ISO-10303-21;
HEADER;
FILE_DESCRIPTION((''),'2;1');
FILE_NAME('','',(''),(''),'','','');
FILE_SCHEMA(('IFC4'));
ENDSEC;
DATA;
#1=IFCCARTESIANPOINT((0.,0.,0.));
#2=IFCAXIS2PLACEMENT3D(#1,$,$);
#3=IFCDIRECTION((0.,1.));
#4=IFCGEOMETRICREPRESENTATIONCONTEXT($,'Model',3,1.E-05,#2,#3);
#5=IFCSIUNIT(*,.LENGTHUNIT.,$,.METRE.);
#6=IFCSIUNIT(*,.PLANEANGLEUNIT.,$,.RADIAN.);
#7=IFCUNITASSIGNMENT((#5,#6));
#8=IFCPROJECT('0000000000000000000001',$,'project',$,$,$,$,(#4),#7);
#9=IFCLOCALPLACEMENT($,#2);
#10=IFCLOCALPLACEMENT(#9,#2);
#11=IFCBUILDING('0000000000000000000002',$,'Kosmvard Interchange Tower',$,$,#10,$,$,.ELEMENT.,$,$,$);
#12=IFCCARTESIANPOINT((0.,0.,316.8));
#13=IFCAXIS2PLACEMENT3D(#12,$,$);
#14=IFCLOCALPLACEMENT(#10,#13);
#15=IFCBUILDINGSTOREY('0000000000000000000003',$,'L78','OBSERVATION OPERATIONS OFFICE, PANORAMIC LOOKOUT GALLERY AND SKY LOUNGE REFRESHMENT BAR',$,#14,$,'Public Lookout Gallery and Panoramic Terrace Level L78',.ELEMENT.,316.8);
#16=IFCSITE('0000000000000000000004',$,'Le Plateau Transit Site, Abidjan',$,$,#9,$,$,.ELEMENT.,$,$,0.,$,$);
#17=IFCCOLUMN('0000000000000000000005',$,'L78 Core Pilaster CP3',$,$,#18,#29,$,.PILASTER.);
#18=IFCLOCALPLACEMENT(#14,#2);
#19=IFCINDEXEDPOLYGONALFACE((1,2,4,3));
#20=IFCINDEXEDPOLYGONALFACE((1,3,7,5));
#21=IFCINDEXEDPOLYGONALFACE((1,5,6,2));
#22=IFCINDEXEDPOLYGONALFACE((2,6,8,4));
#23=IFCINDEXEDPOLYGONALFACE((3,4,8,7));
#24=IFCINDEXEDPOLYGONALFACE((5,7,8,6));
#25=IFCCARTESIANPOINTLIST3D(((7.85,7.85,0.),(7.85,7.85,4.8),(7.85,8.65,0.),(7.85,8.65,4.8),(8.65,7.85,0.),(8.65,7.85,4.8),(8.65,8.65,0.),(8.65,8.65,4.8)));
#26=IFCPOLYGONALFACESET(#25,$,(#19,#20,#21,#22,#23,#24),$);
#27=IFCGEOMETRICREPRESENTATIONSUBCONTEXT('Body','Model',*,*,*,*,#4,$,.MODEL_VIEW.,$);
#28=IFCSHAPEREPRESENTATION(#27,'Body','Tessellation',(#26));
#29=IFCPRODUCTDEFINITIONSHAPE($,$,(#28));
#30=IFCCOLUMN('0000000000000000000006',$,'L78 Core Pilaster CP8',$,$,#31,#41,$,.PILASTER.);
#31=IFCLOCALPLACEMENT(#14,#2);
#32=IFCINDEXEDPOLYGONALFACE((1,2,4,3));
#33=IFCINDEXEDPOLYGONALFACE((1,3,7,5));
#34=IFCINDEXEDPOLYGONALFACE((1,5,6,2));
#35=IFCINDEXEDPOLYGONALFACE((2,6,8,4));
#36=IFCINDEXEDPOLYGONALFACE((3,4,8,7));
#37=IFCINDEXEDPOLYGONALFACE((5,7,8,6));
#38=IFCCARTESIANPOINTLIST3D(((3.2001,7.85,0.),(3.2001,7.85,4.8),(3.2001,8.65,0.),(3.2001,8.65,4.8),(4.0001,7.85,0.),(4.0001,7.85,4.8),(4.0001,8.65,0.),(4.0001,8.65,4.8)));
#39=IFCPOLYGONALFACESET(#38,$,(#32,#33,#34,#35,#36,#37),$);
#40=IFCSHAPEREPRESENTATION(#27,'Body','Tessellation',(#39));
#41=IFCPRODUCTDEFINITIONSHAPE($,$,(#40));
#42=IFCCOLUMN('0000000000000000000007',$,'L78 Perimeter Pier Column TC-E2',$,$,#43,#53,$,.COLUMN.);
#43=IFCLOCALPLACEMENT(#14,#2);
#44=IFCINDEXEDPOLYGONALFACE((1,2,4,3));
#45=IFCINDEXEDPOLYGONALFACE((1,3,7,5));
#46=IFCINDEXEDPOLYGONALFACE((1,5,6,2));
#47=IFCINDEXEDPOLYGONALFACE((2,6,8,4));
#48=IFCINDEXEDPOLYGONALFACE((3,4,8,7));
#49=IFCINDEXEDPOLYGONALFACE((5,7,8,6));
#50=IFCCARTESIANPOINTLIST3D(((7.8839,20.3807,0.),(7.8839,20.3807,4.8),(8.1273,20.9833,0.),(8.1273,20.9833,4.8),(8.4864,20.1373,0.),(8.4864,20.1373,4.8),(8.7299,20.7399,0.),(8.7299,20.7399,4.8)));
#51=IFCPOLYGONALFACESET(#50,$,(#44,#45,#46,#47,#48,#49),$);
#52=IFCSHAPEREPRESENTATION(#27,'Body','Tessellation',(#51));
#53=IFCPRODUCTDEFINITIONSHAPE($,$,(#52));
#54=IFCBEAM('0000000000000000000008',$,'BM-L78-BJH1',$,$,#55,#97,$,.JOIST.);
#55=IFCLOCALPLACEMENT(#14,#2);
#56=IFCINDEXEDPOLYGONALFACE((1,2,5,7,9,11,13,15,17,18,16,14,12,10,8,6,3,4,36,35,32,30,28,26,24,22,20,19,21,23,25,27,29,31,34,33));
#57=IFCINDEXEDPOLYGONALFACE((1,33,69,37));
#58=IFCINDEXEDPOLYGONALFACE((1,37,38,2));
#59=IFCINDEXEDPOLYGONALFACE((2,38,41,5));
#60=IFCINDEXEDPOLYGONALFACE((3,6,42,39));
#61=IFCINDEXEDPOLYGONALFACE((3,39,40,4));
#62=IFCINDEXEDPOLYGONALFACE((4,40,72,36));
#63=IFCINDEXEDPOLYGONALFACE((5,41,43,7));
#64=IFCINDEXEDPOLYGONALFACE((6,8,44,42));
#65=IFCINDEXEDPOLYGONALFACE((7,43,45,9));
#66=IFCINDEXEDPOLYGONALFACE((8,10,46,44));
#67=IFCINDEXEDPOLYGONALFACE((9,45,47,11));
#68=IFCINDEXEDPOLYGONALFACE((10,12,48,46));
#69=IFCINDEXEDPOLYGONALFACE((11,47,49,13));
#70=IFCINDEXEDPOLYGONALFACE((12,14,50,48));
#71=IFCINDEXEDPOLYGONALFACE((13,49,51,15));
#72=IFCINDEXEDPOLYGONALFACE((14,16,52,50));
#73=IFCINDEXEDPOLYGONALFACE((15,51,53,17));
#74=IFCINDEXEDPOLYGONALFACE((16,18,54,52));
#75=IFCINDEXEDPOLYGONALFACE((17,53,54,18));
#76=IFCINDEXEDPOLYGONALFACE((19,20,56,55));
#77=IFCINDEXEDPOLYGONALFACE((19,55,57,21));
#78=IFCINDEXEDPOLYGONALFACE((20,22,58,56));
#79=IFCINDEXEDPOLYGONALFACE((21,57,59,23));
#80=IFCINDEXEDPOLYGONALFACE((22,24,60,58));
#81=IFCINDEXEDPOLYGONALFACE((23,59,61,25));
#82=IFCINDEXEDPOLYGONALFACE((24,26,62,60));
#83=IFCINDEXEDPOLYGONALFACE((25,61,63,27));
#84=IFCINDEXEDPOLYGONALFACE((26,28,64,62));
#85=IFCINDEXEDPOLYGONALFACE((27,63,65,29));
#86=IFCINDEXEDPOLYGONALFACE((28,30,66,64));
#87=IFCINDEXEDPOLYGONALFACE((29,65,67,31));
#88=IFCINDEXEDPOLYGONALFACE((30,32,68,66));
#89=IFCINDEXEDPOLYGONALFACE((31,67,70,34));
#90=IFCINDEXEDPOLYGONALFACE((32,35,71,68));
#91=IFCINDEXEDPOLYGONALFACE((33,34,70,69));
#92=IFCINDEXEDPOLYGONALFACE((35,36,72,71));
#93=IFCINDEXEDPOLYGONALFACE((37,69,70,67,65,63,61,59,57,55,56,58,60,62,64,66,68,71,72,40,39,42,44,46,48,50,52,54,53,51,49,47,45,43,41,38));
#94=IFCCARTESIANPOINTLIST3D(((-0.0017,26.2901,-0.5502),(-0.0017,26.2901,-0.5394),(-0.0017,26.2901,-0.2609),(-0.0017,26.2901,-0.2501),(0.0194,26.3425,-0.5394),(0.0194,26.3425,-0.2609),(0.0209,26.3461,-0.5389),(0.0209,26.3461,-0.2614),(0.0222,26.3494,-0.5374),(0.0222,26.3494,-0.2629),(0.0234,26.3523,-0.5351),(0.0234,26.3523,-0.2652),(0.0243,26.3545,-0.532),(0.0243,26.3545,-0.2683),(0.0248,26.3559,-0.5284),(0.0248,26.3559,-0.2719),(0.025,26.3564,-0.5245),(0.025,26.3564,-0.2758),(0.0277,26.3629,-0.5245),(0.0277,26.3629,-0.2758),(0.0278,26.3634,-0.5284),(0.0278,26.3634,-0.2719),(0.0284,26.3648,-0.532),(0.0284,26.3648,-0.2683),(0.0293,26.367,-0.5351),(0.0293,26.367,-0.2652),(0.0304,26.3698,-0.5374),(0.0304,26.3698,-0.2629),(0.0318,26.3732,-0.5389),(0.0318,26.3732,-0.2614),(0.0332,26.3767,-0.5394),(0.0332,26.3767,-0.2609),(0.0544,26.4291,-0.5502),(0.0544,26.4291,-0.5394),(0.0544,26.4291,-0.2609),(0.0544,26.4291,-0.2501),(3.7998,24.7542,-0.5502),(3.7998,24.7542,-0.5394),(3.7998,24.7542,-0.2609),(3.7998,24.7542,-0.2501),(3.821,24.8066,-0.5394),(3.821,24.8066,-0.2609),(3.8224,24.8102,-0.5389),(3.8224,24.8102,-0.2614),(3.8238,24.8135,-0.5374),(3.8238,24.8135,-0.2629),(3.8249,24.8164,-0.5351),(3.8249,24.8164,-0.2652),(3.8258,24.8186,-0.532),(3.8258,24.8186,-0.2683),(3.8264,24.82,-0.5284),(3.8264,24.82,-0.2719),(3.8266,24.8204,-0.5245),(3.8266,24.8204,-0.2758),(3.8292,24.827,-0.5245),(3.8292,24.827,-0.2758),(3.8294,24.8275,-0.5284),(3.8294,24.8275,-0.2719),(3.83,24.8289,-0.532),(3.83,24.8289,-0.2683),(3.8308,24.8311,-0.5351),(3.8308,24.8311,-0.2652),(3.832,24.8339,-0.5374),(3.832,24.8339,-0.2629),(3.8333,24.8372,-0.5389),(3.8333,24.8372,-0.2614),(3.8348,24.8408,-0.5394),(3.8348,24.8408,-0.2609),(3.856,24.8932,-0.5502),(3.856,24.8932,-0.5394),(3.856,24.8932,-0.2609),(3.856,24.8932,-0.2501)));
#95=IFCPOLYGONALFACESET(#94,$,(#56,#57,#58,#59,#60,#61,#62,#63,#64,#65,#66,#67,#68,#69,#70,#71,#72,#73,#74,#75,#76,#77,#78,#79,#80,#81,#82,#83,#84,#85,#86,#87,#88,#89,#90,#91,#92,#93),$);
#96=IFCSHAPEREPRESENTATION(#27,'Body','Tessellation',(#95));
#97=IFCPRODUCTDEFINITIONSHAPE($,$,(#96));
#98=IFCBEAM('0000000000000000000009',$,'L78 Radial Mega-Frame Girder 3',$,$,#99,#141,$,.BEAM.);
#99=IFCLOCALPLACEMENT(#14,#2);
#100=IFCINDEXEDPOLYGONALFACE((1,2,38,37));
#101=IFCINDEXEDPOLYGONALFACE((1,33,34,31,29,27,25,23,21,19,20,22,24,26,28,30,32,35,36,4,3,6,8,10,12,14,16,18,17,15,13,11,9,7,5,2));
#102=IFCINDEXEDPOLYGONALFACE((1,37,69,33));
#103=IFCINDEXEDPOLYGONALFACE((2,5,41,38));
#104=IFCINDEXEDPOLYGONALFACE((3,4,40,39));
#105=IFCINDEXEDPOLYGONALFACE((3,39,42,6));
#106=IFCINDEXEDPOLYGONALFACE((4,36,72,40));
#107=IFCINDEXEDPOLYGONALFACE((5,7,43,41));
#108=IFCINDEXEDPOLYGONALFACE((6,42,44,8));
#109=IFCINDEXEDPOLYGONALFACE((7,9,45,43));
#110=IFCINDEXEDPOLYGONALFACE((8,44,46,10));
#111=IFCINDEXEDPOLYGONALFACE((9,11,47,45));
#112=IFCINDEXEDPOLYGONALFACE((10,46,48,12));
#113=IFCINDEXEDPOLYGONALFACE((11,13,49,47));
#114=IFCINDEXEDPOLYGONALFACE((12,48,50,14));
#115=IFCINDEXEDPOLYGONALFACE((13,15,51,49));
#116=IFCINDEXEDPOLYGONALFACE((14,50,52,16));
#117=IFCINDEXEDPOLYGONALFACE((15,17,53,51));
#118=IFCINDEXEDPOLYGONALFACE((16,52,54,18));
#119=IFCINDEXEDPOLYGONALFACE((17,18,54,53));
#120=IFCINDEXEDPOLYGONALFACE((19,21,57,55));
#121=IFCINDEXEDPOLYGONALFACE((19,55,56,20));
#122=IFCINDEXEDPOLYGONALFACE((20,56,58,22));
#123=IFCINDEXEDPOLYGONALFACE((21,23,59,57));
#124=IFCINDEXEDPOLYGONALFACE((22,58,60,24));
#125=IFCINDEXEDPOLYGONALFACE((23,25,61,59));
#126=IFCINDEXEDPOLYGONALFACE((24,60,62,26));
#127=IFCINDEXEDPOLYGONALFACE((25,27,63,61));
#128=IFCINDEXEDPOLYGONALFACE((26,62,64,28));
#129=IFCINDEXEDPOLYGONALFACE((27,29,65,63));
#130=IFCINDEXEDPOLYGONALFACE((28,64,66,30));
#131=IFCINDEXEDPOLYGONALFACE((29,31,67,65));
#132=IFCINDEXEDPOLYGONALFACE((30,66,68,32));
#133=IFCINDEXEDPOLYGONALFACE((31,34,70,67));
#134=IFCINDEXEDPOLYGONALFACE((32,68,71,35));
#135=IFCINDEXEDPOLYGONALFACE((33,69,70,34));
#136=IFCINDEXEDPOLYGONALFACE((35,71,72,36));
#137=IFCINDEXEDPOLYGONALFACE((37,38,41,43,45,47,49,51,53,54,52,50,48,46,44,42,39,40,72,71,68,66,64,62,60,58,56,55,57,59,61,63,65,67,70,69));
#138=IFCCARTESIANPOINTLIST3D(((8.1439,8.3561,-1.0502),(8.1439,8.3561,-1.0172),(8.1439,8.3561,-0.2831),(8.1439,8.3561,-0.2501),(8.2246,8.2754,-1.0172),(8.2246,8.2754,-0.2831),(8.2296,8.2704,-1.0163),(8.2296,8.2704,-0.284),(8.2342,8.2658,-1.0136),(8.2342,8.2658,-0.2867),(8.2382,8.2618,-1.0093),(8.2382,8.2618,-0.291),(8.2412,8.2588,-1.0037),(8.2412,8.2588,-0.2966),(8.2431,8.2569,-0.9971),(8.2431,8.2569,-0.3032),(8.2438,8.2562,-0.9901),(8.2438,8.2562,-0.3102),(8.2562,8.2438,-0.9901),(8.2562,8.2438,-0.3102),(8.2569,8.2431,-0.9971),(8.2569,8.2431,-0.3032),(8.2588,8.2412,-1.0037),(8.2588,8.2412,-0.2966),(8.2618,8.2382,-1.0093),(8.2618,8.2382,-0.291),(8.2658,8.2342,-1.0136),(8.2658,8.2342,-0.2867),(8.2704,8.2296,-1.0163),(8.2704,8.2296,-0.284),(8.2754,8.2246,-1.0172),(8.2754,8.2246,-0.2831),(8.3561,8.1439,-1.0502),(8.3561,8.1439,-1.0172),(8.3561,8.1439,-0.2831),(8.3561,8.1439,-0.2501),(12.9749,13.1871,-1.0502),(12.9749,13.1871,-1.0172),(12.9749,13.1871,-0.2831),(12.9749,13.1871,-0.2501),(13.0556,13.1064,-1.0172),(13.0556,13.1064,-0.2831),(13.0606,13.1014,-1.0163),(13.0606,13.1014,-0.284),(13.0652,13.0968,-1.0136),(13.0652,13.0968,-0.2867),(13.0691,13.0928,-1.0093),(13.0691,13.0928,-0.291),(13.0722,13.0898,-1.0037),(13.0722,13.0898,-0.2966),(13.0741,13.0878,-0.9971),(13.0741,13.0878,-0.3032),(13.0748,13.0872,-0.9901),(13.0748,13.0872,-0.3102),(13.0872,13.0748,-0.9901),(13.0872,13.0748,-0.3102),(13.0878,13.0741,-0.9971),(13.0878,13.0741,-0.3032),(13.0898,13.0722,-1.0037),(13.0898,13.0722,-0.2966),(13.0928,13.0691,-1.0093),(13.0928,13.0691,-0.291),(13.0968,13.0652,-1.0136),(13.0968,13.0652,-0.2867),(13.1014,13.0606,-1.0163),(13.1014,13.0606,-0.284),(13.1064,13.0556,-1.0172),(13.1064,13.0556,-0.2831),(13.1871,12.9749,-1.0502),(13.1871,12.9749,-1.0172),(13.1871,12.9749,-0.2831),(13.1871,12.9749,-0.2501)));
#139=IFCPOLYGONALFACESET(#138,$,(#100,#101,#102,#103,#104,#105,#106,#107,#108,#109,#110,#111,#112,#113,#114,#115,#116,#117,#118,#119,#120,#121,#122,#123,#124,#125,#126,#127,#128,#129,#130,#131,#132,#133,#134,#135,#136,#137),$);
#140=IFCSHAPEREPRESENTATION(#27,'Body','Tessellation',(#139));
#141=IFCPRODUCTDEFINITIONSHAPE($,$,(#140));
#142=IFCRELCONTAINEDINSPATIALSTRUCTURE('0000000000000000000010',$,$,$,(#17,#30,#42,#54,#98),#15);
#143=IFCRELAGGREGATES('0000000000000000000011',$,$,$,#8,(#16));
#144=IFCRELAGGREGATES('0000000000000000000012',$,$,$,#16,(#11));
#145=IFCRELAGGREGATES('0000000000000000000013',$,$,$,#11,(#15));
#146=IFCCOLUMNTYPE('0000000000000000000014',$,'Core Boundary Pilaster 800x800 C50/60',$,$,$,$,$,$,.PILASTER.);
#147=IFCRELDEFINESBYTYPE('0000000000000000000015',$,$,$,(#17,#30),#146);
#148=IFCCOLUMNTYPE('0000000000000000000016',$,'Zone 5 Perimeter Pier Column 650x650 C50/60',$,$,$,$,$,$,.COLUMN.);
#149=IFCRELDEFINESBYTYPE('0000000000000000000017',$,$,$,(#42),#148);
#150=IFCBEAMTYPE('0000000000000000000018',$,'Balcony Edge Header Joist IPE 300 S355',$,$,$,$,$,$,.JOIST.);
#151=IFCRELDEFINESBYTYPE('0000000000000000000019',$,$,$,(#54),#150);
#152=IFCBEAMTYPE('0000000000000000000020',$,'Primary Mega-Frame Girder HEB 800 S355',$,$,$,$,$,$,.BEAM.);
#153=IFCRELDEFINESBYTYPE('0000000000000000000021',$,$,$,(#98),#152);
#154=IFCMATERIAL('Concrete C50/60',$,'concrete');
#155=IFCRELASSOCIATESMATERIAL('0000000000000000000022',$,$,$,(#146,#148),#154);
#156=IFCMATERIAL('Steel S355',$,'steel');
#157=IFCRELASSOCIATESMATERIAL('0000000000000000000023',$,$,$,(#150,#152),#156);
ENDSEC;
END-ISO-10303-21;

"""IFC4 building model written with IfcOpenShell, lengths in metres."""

from ifc_helpers import new_model, si_unit, direction, frame, origin, origin_2d, place, context, subcontext, project, spatial, rectangle, i_section, extrude, source, transform, mapped, material, material_profile, profile_set, type_object, element, save


model = new_model("IFC4")

# Units and contexts
model_context = context("Model", 3, precision=1e-05, world=origin(), true_north=direction((0.0, 1.0)))
body_context = subcontext(model_context, "Body", "Model", "MODEL_VIEW")
ifc_project = project(units=[si_unit("LENGTHUNIT", "METRE"), si_unit("PLANEANGLEUNIT", "RADIAN")], contexts=[model_context])

# Site, building, storey
site_placement = place(None, origin())
site = spatial("IfcSite", under=ifc_project, at=site_placement, Name="Le Plateau Transit Site, Abidjan", CompositionType="ELEMENT", RefElevation=0.0)
building_placement = place(site_placement, origin())
building = spatial("IfcBuilding", under=site, at=building_placement, Name="Kosmvard Interchange Tower", CompositionType="ELEMENT")
storey_placement = place(building_placement, frame((0.0, 0.0, 316.8)))
storey = spatial("IfcBuildingStorey", under=building, at=storey_placement, Name="L78", Description="OBSERVATION OPERATIONS OFFICE, PANORAMIC LOOKOUT GALLERY AND SKY LOUNGE REFRESHMENT BAR", LongName="Public Lookout Gallery and Panoramic Terrace Level L78", CompositionType="ELEMENT", Elevation=316.8)

# Columns
ifc_material_1 = material(Name="Concrete C50/60", Category="concrete")
ifc_material_profile_1 = material_profile(ifc_material_1, rectangle(XDim=0.8, YDim=0.8, at=origin_2d()), Name="CP 800x800")
ifc_profile_set_1 = profile_set([ifc_material_profile_1], Name="Concrete C50/60")
column_type_1 = type_object("IfcColumnType", Name="Core Boundary Pilaster 800x800 C50/60", PredefinedType="PILASTER", material=ifc_profile_set_1)
shared_shape_1 = source(origin(), body_context, "Body", "SweptSolid", [
    extrude(rectangle(XDim=0.8, YDim=0.8, at=origin_2d()), origin(), (0.0, 0.0, 1.0), 4.8),
])
for number, where, z_axis, x_axis, name in (
    (1, (8.25, 8.25, 0.0), (0.0, 0.0, 1.0), (1.0, 0.0, 0.0), "L78 Core Pilaster CP3"),
    (2, (3.6001, 8.25, 0.0), (0.0, 0.0, 1.0), (1.0, 0.0, 0.0), "L78 Core Pilaster CP8"),
):
    element("IfcColumn", number, at=place(storey_placement, frame(where, z_axis=z_axis, x_axis=x_axis)), inside=storey, type_object=column_type_1, Name=name, PredefinedType="PILASTER", context=body_context, shape_type="MappedRepresentation", body=[
        mapped(shared_shape_1, transform((0.0, 0.0, 0.0), scale=1.0)),
    ])
ifc_material_profile_2 = material_profile(ifc_material_1, rectangle(XDim=0.6499, YDim=0.6499, at=origin_2d()), Name="TC 650x650")
ifc_profile_set_2 = profile_set([ifc_material_profile_2], Name="Concrete C50/60")
column_type_2 = type_object("IfcColumnType", Name="Zone 5 Perimeter Pier Column 650x650 C50/60", PredefinedType="COLUMN", material=ifc_profile_set_2)
shared_shape_2 = source(origin(), body_context, "Body", "SweptSolid", [
    extrude(rectangle(XDim=0.6499, YDim=0.6499, at=origin_2d()), origin(), (0.0, 0.0, 1.0), 4.8),
])
column_placement = place(storey_placement, frame((8.3069, 20.5603, 0.0), z_axis=(0.0, 0.0, 1.0), x_axis=(0.374607, 0.927184, 0.0)))
element("IfcColumn", 3, at=column_placement, inside=storey, type_object=column_type_2, Name="L78 Perimeter Pier Column TC-E2", PredefinedType="COLUMN", context=body_context, shape_type="MappedRepresentation", body=[
    mapped(shared_shape_2, transform((0.0, 0.0, 0.0), scale=1.0)),
])

# Beams
ifc_material_2 = material(Name="Steel S355", Category="steel")
ifc_material_profile_3 = material_profile(ifc_material_2, i_section(OverallWidth=0.1499, OverallDepth=0.3, WebThickness=0.0071, FlangeThickness=0.0107, FilletRadius=0.0149, at=origin_2d()), Name="IPE 300")
ifc_profile_set_3 = profile_set([ifc_material_profile_3], Name="Steel S355")
beam_type_1 = type_object("IfcBeamType", Name="Balcony Edge Header Joist IPE 300 S355", PredefinedType="JOIST", material=ifc_profile_set_3)
shared_shape_3 = source(origin(), body_context, "Body", "SweptSolid", [
    extrude(i_section(OverallWidth=0.1499, OverallDepth=0.3, WebThickness=0.0071, FlangeThickness=0.0107, FilletRadius=0.0149, at=origin_2d()), origin(), (0.0, 0.0, 1.0), 4.1001),
])
beam_1_placement = place(storey_placement, frame((3.8279, 24.8237, -0.4001), z_axis=(-0.927186, 0.374602, 0.0), x_axis=(-0.374602, -0.927186, 0.0)))
element("IfcBeam", 4, at=beam_1_placement, inside=storey, type_object=beam_type_1, Name="BM-L78-BJH1", PredefinedType="JOIST", context=body_context, shape_type="MappedRepresentation", body=[
    mapped(shared_shape_3, transform((0.0, 0.0, 0.0), scale=1.0)),
])
ifc_material_profile_4 = material_profile(ifc_material_2, i_section(OverallWidth=0.3, OverallDepth=0.8, WebThickness=0.0176, FlangeThickness=0.033, FilletRadius=0.0271, at=origin_2d()), Name="HEB 800")
ifc_profile_set_4 = profile_set([ifc_material_profile_4], Name="Steel S355")
beam_type_2 = type_object("IfcBeamType", Name="Primary Mega-Frame Girder HEB 800 S355", PredefinedType="BEAM", material=ifc_profile_set_4)
shared_shape_4 = source(origin(), body_context, "Body", "SweptSolid", [
    extrude(i_section(OverallWidth=0.3, OverallDepth=0.8, WebThickness=0.0176, FlangeThickness=0.033, FilletRadius=0.0271, at=origin_2d()), origin(), (0.0, 0.0, 1.0), 6.832),
])
beam_2_placement = place(storey_placement, frame((8.25, 8.25, -0.6501), z_axis=(0.707107, 0.707107, 0.0), x_axis=(-0.707107, 0.707107, 0.0)))
element("IfcBeam", 5, at=beam_2_placement, inside=storey, type_object=beam_type_2, Name="L78 Radial Mega-Frame Girder 3", PredefinedType="BEAM", context=body_context, shape_type="MappedRepresentation", body=[
    mapped(shared_shape_4, transform((0.0, 0.0, 0.0), scale=1.0)),
])

save(model, "model.ifc")
